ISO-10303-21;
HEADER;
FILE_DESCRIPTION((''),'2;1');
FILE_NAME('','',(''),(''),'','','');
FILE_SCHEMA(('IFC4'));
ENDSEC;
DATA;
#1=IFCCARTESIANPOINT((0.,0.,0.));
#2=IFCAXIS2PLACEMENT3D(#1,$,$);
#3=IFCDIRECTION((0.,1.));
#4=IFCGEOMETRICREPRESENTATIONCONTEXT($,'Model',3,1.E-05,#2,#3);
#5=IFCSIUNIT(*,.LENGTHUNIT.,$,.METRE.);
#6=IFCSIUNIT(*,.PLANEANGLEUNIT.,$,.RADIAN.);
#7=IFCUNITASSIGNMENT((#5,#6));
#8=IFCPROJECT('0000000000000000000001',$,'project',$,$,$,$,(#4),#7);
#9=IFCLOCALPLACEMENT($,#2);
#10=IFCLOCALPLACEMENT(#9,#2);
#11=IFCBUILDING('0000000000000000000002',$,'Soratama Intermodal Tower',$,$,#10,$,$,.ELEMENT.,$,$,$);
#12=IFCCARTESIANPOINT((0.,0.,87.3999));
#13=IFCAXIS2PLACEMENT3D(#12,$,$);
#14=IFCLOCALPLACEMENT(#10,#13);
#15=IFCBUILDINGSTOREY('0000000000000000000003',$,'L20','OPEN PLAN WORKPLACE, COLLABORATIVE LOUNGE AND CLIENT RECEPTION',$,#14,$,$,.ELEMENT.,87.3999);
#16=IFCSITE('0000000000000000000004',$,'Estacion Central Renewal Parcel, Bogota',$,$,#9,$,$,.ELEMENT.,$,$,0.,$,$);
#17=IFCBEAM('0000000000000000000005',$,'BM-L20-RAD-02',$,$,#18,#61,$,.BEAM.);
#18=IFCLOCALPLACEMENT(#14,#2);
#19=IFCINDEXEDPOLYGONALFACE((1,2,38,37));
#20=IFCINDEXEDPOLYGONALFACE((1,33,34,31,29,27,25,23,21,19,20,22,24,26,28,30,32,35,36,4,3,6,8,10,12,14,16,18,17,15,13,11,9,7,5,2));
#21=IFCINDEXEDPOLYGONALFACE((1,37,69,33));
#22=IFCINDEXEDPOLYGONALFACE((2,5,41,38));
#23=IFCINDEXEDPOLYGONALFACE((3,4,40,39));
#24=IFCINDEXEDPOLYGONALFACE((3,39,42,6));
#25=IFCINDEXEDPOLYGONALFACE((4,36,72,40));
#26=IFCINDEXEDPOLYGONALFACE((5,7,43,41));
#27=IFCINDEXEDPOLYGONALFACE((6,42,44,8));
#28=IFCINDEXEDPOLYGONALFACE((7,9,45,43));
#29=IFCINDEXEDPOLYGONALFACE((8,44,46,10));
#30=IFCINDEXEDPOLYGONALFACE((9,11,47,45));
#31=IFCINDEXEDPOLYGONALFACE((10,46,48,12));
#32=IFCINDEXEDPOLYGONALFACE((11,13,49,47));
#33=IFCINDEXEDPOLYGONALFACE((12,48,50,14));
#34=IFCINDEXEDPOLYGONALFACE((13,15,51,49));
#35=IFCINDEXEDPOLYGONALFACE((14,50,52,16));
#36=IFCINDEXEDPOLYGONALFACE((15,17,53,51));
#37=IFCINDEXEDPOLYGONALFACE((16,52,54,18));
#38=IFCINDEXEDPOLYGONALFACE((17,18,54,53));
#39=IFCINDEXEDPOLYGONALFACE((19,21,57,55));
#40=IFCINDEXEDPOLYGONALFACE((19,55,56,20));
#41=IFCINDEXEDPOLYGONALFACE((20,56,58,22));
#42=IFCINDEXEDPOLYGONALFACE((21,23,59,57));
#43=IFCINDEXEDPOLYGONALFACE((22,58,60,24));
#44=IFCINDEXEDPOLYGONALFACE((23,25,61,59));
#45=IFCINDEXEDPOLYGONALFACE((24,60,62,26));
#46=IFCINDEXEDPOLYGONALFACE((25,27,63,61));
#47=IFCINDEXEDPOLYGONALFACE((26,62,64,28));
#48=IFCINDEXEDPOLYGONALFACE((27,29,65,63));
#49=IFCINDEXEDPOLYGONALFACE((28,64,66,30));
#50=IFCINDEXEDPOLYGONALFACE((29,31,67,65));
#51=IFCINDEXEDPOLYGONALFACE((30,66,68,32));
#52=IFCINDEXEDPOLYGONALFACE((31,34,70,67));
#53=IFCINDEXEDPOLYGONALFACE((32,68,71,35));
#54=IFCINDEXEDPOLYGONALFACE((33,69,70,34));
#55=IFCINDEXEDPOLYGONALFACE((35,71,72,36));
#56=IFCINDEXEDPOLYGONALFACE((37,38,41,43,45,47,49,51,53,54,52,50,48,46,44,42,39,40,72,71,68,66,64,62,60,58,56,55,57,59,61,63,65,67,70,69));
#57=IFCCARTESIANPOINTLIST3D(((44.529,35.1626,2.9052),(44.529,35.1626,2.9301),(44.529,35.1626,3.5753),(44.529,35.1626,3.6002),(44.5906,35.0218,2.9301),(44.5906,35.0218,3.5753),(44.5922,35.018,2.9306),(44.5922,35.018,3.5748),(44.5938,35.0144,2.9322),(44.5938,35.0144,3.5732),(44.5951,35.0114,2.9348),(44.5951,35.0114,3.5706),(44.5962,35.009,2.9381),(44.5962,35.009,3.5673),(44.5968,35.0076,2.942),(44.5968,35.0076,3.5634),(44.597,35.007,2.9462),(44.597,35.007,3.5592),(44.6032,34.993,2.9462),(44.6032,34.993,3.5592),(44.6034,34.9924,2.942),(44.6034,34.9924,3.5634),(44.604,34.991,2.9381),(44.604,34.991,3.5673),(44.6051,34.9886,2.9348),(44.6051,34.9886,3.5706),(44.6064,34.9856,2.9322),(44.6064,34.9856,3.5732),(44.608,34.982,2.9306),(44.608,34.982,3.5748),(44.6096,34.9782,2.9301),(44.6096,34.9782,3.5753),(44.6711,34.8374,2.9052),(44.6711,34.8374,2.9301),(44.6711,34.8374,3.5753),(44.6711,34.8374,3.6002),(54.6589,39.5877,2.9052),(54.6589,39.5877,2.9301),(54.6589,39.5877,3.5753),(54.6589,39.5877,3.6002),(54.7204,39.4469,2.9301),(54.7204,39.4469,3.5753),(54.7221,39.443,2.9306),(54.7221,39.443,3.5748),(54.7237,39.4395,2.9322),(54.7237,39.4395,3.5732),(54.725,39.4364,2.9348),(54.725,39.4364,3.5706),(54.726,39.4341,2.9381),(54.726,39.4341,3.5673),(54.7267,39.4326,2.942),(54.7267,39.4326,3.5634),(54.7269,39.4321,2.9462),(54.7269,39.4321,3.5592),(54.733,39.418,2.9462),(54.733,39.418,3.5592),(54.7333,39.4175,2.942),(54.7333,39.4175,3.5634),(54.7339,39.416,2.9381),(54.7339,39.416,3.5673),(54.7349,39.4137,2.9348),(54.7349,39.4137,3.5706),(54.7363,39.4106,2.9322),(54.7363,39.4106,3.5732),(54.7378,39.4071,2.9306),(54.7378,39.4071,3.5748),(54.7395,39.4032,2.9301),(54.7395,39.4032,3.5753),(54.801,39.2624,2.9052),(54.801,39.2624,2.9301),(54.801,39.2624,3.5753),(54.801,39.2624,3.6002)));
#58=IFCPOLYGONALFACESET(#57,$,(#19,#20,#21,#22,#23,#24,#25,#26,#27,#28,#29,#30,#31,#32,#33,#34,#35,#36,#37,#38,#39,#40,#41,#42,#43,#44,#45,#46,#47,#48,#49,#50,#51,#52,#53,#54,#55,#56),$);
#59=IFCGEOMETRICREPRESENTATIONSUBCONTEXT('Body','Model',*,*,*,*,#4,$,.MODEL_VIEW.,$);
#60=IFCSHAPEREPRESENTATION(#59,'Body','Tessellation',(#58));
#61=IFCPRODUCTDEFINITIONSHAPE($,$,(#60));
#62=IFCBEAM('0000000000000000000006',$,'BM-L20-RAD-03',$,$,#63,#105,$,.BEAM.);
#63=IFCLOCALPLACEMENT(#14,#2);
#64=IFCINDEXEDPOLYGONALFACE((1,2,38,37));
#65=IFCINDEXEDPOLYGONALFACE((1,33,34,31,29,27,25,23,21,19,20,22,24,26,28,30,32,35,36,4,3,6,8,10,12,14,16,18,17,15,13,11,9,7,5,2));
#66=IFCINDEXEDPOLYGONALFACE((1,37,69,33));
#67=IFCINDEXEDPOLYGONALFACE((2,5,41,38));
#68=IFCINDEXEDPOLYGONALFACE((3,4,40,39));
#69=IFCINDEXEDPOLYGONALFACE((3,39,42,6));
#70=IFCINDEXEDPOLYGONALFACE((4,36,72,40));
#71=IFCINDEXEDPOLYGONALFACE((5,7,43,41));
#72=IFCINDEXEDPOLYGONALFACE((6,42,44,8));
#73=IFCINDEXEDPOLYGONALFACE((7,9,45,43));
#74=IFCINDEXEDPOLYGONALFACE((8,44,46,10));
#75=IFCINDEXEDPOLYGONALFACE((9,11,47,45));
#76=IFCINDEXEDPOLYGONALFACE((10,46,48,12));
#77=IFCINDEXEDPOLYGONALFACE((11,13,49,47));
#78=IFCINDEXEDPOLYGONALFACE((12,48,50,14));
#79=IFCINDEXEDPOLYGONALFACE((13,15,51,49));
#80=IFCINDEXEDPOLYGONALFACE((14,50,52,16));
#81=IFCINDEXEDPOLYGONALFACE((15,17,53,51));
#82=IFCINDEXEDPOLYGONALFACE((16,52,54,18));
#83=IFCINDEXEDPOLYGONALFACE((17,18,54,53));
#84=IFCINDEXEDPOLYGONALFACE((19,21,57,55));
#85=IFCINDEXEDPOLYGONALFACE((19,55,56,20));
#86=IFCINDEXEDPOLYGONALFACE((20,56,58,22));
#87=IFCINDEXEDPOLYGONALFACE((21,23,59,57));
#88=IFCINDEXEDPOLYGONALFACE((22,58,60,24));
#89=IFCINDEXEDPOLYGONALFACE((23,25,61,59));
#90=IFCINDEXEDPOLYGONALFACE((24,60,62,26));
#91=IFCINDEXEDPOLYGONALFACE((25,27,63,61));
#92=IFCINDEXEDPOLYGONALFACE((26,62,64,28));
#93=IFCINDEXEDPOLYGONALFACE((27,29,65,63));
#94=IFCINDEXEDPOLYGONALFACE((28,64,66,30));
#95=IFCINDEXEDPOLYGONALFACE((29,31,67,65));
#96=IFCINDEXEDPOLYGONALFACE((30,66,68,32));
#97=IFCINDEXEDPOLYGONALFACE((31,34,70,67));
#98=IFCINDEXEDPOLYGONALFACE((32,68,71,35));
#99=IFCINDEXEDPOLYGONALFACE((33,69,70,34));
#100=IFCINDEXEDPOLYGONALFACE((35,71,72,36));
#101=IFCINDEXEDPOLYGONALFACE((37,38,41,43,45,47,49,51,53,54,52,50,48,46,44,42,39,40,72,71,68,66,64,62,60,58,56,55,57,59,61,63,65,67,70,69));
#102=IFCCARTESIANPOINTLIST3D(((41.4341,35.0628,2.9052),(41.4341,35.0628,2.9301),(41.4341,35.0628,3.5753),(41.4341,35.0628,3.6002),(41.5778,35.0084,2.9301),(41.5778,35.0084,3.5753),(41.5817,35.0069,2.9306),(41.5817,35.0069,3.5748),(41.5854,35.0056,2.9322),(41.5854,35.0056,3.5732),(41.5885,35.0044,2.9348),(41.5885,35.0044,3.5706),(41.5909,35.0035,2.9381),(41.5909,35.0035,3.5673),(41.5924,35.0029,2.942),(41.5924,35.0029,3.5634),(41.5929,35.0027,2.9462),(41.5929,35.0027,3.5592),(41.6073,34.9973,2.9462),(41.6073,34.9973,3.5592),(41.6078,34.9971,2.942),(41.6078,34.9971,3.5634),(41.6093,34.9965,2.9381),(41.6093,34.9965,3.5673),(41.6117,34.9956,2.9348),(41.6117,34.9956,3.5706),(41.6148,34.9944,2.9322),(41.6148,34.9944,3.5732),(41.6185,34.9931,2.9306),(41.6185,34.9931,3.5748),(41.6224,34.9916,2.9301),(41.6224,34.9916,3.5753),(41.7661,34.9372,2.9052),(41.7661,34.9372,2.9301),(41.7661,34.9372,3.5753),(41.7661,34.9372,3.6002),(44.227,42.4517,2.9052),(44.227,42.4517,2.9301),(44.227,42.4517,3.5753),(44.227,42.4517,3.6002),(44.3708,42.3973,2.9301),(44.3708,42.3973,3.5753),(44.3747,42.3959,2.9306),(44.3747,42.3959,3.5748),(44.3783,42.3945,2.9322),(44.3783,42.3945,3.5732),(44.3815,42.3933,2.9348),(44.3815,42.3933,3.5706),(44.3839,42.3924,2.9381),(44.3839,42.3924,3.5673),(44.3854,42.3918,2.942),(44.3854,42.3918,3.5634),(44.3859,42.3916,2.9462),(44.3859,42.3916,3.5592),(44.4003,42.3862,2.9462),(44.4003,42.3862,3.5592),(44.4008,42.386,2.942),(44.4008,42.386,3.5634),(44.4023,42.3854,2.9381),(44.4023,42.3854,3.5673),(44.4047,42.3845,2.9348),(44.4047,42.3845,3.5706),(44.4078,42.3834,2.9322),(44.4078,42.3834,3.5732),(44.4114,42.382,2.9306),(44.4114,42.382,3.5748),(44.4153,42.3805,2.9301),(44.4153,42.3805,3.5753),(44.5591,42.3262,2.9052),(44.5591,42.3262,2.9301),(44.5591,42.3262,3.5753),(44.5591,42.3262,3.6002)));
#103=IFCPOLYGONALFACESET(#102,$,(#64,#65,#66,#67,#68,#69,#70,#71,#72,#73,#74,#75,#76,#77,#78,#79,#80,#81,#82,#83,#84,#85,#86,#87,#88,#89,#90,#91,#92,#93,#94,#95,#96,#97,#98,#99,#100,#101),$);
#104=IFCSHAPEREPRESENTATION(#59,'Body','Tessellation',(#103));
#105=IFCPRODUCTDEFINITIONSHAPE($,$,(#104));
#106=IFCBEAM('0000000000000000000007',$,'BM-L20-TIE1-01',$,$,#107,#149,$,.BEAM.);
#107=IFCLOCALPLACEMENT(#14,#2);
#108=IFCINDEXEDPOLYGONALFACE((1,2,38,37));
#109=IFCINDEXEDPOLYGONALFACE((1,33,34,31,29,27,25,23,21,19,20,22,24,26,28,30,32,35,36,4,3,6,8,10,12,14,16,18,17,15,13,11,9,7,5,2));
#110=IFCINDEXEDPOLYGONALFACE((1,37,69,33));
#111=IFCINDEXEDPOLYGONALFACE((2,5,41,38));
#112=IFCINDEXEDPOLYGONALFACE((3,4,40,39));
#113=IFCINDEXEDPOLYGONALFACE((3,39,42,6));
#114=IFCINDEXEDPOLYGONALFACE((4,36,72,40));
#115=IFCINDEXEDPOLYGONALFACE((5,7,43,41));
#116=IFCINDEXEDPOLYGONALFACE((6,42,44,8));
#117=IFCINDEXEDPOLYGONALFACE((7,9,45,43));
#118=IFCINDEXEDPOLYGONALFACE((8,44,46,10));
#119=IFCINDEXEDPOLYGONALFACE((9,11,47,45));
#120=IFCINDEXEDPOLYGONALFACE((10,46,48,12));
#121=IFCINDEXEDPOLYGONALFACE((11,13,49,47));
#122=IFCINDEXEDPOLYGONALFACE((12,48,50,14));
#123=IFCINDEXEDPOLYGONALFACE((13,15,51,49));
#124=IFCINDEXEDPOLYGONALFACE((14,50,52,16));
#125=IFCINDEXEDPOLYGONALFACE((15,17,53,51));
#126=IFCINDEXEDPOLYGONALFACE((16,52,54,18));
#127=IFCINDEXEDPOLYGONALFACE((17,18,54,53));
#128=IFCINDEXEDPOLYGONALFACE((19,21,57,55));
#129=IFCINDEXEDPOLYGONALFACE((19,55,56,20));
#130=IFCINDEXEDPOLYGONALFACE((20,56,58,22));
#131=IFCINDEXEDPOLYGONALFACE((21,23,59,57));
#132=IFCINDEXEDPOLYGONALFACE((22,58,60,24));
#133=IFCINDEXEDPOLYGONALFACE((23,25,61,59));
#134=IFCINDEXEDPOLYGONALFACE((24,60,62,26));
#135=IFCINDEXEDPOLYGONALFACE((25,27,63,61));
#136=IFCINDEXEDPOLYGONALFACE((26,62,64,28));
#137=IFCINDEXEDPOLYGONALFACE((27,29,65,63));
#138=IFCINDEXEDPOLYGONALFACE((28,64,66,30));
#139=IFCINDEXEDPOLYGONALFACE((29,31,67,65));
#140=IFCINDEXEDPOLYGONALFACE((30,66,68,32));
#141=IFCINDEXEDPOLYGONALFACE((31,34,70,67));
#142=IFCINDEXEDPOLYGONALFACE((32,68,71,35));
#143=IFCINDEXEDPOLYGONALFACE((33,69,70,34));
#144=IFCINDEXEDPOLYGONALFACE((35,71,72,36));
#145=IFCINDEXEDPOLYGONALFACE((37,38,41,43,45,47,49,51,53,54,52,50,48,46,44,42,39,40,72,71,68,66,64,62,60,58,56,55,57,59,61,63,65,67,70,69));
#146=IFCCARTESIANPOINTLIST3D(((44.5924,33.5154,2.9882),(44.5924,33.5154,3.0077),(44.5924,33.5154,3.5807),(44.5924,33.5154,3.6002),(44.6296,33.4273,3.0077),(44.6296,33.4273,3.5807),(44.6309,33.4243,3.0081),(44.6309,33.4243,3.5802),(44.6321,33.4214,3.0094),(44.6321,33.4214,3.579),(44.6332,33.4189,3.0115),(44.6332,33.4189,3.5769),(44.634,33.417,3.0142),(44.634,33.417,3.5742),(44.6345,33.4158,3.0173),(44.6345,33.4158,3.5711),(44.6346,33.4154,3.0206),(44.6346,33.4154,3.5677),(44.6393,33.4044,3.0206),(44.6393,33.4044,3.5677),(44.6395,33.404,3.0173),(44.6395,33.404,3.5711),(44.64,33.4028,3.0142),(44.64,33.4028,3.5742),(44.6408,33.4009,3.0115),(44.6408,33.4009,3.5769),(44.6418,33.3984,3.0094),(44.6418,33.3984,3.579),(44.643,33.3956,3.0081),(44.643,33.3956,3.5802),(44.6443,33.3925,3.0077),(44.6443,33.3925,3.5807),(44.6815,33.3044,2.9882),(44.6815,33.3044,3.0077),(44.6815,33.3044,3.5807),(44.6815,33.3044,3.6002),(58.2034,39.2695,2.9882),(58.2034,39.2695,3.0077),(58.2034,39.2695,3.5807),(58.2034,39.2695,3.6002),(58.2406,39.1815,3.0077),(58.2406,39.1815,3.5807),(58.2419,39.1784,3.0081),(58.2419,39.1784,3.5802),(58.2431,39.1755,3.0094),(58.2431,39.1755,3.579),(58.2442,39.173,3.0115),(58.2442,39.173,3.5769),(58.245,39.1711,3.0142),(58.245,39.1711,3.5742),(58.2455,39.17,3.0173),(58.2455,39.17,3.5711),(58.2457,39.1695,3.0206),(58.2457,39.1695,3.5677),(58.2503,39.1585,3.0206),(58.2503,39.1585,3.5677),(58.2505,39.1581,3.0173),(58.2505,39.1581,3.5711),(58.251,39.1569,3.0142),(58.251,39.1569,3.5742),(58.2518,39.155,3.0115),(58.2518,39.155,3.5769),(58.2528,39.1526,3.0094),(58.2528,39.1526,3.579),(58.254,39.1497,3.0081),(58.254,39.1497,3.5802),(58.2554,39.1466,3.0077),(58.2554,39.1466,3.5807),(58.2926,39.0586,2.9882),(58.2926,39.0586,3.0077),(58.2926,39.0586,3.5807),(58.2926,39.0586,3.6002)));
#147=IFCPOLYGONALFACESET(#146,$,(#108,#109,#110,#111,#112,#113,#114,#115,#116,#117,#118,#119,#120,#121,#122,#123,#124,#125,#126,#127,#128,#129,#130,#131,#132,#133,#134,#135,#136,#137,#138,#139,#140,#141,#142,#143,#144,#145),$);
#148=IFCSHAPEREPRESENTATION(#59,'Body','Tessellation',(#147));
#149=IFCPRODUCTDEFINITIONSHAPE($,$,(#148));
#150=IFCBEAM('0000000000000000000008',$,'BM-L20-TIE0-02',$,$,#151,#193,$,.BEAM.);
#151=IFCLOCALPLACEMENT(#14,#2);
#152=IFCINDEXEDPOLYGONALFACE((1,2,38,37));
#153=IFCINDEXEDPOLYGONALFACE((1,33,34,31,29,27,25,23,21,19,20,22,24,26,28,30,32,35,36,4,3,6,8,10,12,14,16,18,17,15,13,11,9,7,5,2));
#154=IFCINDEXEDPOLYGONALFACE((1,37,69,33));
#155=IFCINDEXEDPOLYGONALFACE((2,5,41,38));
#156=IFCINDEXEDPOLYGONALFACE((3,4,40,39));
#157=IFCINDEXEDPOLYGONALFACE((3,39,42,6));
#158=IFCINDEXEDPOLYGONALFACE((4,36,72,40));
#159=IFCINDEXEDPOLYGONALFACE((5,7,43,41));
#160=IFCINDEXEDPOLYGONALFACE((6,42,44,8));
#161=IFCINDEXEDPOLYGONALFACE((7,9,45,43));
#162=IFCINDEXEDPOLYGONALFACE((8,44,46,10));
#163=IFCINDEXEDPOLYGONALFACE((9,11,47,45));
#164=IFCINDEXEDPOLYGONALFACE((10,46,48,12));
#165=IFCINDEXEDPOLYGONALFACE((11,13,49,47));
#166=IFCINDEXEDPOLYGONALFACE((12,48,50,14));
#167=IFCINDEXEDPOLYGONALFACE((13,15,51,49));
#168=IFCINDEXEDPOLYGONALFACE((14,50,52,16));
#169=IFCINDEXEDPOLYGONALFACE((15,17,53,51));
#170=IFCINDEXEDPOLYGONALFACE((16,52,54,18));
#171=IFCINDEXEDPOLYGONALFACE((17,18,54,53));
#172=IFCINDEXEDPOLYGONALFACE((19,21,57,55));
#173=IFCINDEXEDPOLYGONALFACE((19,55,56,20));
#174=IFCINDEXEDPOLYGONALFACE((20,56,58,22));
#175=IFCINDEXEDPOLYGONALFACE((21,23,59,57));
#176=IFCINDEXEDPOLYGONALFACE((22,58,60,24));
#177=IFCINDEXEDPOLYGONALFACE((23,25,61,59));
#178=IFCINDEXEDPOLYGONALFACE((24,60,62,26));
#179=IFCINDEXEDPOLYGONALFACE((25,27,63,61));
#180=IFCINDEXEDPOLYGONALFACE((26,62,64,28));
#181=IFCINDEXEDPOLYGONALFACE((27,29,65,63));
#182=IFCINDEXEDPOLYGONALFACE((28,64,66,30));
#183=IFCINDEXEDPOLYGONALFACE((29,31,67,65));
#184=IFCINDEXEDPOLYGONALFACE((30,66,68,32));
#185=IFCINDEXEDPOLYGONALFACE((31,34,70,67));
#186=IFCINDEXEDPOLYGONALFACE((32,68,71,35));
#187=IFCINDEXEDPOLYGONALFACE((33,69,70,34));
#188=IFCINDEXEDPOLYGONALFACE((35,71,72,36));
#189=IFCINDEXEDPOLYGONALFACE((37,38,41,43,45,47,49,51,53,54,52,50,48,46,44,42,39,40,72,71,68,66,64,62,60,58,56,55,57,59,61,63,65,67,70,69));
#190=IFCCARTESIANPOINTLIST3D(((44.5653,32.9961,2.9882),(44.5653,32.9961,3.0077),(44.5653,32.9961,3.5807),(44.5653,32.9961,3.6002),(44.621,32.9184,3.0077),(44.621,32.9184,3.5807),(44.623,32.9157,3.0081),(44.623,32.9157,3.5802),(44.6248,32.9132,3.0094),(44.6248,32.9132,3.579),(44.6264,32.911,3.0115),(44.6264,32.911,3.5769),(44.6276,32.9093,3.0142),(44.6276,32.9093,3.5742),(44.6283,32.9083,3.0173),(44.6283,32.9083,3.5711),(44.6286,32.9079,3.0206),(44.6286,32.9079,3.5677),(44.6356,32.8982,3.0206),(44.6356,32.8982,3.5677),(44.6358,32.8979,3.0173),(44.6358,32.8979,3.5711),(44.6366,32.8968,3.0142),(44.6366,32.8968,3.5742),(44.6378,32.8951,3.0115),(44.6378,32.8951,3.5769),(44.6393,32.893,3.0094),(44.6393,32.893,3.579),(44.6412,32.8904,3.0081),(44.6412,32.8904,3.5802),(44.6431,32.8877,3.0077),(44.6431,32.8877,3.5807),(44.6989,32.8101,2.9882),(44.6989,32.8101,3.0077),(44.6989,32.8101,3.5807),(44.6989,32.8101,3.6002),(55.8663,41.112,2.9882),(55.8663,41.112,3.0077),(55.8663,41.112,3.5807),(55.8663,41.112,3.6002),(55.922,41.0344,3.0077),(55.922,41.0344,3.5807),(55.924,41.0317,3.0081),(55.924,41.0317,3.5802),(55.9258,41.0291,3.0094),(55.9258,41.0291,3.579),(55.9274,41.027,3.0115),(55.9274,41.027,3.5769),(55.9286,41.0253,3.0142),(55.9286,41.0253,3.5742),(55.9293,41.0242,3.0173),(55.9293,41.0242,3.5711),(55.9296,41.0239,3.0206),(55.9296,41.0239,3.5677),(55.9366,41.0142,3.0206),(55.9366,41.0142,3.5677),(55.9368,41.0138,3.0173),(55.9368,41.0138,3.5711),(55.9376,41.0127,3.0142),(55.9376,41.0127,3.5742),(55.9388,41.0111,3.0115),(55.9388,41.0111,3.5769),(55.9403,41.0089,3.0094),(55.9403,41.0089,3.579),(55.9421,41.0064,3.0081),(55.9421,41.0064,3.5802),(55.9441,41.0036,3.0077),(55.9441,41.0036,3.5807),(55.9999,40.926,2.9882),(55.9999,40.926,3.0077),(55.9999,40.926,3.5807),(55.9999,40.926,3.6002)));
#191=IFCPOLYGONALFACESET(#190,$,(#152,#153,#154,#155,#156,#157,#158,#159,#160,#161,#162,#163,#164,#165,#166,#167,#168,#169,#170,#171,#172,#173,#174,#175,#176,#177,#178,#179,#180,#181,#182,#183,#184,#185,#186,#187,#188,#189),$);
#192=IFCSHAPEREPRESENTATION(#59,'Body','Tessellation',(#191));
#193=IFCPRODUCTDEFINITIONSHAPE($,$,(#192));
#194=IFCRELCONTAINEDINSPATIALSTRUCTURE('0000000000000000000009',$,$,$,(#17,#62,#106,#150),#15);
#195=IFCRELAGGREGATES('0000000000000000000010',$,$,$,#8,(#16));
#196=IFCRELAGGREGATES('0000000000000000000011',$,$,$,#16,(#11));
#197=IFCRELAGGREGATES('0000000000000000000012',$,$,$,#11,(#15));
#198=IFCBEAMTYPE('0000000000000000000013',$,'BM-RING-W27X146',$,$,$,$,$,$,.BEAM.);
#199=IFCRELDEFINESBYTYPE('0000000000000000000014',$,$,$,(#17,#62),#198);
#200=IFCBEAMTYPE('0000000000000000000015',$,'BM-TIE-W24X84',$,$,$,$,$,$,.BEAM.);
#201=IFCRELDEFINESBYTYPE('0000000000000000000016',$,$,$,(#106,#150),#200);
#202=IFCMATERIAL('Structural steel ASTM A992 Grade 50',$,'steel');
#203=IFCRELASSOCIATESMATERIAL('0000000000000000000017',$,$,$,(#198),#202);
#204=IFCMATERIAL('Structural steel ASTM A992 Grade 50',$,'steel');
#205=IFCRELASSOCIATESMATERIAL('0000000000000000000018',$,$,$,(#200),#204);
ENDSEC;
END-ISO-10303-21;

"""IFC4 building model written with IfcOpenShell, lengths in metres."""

from ifc_helpers import new_model, si_unit, direction, frame, origin, origin_2d, place, context, subcontext, project, spatial, i_section, extrude, material, material_profile, profile_set, type_object, element, save


model = new_model("IFC4")

# Units and contexts
model_context = context("Model", 3, precision=1e-05, world=origin(), true_north=direction((0.0, 1.0)))
body_context = subcontext(model_context, "Body", "Model", "MODEL_VIEW")
ifc_project = project(units=[si_unit("LENGTHUNIT", "METRE"), si_unit("PLANEANGLEUNIT", "RADIAN")], contexts=[model_context])

# Site, building, storey
site_placement = place(None, origin())
site = spatial("IfcSite", under=ifc_project, at=site_placement, Name="Estacion Central Renewal Parcel, Bogota", CompositionType="ELEMENT", RefElevation=0.0)
building_placement = place(site_placement, origin())
building = spatial("IfcBuilding", under=site, at=building_placement, Name="Soratama Intermodal Tower", CompositionType="ELEMENT")
storey_placement = place(building_placement, frame((0.0, 0.0, 87.3999)))
storey = spatial("IfcBuildingStorey", under=building, at=storey_placement, Name="L20", Description="OPEN PLAN WORKPLACE, COLLABORATIVE LOUNGE AND CLIENT RECEPTION", CompositionType="ELEMENT", Elevation=87.3999)

# Beams
ifc_material_1 = material(Name="Structural steel ASTM A992 Grade 50", Category="steel")
ifc_material_profile_1 = material_profile(ifc_material_1, i_section(OverallWidth=0.355, OverallDepth=0.6951, WebThickness=0.0154, FlangeThickness=0.0249, FilletRadius=0.0161, at=origin_2d()), Name="W27X146")
ifc_profile_set_1 = profile_set([ifc_material_profile_1], Name="Structural steel ASTM A992 Grade 50")
beam_type_1 = type_object("IfcBeamType", Name="BM-RING-W27X146", PredefinedType="BEAM", material=ifc_profile_set_1)
beam_1_placement = place(storey_placement, frame((44.6001, 35.0, 3.2527), z_axis=(0.916382, 0.400304, 0.0), x_axis=(-0.400304, 0.916382, 0.0)))
element("IfcBeam", 1, at=beam_1_placement, inside=storey, type_object=beam_type_1, Name="BM-L20-RAD-02", PredefinedType="BEAM", context=body_context, shape_type="SweptSolid", body=[
    extrude(i_section(OverallWidth=0.355, OverallDepth=0.6951, WebThickness=0.0154, FlangeThickness=0.0249, FilletRadius=0.0161, at=origin_2d()), origin(), (0.0, 0.0, 1.0), 11.0542),
])
beam_2_placement = place(storey_placement, frame((41.6001, 35.0, 3.2527), z_axis=(0.353578, 0.935405, 0.0), x_axis=(-0.935405, 0.353578, 0.0)))
element("IfcBeam", 2, at=beam_2_placement, inside=storey, type_object=beam_type_1, Name="BM-L20-RAD-03", PredefinedType="BEAM", context=body_context, shape_type="SweptSolid", body=[
    extrude(i_section(OverallWidth=0.355, OverallDepth=0.6951, WebThickness=0.0154, FlangeThickness=0.0249, FilletRadius=0.0161, at=origin_2d()), origin(), (0.0, 0.0, 1.0), 7.8992),
])
ifc_material_2 = material(Name="Structural steel ASTM A992 Grade 50", Category="steel")
ifc_material_profile_2 = material_profile(ifc_material_2, i_section(OverallWidth=0.229, OverallDepth=0.6121, WebThickness=0.012, FlangeThickness=0.0195, FilletRadius=0.0129, at=origin_2d()), Name="W24X84")
ifc_profile_set_2 = profile_set([ifc_material_profile_2], Name="Structural steel ASTM A992 Grade 50")
beam_type_2 = type_object("IfcBeamType", Name="BM-TIE-W24X84", PredefinedType="BEAM", material=ifc_profile_set_2)
beam_3_placement = place(storey_placement, frame((44.637, 33.4099, 3.2942), z_axis=(0.921074, 0.389388, 0.0), x_axis=(-0.389388, 0.921074, 0.0)))
element("IfcBeam", 3, at=beam_3_placement, inside=storey, type_object=beam_type_2, Name="BM-L20-TIE1-01", PredefinedType="BEAM", context=body_context, shape_type="SweptSolid", body=[
    extrude(i_section(OverallWidth=0.229, OverallDepth=0.6121, WebThickness=0.012, FlangeThickness=0.0195, FilletRadius=0.0129, at=origin_2d()), origin(), (0.0, 0.0, 1.0), 14.7773),
])
beam_4_placement = place(storey_placement, frame((44.6321, 32.9031, 3.2942), z_axis=(0.812242, 0.583321, 0.0), x_axis=(-0.583321, 0.812242, 0.0)))
element("IfcBeam", 4, at=beam_4_placement, inside=storey, type_object=beam_type_2, Name="BM-L20-TIE0-02", PredefinedType="BEAM", context=body_context, shape_type="SweptSolid", body=[
    extrude(i_section(OverallWidth=0.229, OverallDepth=0.6121, WebThickness=0.012, FlangeThickness=0.0195, FilletRadius=0.0129, at=origin_2d()), origin(), (0.0, 0.0, 1.0), 13.9133),
])

save(model, "model.ifc")
